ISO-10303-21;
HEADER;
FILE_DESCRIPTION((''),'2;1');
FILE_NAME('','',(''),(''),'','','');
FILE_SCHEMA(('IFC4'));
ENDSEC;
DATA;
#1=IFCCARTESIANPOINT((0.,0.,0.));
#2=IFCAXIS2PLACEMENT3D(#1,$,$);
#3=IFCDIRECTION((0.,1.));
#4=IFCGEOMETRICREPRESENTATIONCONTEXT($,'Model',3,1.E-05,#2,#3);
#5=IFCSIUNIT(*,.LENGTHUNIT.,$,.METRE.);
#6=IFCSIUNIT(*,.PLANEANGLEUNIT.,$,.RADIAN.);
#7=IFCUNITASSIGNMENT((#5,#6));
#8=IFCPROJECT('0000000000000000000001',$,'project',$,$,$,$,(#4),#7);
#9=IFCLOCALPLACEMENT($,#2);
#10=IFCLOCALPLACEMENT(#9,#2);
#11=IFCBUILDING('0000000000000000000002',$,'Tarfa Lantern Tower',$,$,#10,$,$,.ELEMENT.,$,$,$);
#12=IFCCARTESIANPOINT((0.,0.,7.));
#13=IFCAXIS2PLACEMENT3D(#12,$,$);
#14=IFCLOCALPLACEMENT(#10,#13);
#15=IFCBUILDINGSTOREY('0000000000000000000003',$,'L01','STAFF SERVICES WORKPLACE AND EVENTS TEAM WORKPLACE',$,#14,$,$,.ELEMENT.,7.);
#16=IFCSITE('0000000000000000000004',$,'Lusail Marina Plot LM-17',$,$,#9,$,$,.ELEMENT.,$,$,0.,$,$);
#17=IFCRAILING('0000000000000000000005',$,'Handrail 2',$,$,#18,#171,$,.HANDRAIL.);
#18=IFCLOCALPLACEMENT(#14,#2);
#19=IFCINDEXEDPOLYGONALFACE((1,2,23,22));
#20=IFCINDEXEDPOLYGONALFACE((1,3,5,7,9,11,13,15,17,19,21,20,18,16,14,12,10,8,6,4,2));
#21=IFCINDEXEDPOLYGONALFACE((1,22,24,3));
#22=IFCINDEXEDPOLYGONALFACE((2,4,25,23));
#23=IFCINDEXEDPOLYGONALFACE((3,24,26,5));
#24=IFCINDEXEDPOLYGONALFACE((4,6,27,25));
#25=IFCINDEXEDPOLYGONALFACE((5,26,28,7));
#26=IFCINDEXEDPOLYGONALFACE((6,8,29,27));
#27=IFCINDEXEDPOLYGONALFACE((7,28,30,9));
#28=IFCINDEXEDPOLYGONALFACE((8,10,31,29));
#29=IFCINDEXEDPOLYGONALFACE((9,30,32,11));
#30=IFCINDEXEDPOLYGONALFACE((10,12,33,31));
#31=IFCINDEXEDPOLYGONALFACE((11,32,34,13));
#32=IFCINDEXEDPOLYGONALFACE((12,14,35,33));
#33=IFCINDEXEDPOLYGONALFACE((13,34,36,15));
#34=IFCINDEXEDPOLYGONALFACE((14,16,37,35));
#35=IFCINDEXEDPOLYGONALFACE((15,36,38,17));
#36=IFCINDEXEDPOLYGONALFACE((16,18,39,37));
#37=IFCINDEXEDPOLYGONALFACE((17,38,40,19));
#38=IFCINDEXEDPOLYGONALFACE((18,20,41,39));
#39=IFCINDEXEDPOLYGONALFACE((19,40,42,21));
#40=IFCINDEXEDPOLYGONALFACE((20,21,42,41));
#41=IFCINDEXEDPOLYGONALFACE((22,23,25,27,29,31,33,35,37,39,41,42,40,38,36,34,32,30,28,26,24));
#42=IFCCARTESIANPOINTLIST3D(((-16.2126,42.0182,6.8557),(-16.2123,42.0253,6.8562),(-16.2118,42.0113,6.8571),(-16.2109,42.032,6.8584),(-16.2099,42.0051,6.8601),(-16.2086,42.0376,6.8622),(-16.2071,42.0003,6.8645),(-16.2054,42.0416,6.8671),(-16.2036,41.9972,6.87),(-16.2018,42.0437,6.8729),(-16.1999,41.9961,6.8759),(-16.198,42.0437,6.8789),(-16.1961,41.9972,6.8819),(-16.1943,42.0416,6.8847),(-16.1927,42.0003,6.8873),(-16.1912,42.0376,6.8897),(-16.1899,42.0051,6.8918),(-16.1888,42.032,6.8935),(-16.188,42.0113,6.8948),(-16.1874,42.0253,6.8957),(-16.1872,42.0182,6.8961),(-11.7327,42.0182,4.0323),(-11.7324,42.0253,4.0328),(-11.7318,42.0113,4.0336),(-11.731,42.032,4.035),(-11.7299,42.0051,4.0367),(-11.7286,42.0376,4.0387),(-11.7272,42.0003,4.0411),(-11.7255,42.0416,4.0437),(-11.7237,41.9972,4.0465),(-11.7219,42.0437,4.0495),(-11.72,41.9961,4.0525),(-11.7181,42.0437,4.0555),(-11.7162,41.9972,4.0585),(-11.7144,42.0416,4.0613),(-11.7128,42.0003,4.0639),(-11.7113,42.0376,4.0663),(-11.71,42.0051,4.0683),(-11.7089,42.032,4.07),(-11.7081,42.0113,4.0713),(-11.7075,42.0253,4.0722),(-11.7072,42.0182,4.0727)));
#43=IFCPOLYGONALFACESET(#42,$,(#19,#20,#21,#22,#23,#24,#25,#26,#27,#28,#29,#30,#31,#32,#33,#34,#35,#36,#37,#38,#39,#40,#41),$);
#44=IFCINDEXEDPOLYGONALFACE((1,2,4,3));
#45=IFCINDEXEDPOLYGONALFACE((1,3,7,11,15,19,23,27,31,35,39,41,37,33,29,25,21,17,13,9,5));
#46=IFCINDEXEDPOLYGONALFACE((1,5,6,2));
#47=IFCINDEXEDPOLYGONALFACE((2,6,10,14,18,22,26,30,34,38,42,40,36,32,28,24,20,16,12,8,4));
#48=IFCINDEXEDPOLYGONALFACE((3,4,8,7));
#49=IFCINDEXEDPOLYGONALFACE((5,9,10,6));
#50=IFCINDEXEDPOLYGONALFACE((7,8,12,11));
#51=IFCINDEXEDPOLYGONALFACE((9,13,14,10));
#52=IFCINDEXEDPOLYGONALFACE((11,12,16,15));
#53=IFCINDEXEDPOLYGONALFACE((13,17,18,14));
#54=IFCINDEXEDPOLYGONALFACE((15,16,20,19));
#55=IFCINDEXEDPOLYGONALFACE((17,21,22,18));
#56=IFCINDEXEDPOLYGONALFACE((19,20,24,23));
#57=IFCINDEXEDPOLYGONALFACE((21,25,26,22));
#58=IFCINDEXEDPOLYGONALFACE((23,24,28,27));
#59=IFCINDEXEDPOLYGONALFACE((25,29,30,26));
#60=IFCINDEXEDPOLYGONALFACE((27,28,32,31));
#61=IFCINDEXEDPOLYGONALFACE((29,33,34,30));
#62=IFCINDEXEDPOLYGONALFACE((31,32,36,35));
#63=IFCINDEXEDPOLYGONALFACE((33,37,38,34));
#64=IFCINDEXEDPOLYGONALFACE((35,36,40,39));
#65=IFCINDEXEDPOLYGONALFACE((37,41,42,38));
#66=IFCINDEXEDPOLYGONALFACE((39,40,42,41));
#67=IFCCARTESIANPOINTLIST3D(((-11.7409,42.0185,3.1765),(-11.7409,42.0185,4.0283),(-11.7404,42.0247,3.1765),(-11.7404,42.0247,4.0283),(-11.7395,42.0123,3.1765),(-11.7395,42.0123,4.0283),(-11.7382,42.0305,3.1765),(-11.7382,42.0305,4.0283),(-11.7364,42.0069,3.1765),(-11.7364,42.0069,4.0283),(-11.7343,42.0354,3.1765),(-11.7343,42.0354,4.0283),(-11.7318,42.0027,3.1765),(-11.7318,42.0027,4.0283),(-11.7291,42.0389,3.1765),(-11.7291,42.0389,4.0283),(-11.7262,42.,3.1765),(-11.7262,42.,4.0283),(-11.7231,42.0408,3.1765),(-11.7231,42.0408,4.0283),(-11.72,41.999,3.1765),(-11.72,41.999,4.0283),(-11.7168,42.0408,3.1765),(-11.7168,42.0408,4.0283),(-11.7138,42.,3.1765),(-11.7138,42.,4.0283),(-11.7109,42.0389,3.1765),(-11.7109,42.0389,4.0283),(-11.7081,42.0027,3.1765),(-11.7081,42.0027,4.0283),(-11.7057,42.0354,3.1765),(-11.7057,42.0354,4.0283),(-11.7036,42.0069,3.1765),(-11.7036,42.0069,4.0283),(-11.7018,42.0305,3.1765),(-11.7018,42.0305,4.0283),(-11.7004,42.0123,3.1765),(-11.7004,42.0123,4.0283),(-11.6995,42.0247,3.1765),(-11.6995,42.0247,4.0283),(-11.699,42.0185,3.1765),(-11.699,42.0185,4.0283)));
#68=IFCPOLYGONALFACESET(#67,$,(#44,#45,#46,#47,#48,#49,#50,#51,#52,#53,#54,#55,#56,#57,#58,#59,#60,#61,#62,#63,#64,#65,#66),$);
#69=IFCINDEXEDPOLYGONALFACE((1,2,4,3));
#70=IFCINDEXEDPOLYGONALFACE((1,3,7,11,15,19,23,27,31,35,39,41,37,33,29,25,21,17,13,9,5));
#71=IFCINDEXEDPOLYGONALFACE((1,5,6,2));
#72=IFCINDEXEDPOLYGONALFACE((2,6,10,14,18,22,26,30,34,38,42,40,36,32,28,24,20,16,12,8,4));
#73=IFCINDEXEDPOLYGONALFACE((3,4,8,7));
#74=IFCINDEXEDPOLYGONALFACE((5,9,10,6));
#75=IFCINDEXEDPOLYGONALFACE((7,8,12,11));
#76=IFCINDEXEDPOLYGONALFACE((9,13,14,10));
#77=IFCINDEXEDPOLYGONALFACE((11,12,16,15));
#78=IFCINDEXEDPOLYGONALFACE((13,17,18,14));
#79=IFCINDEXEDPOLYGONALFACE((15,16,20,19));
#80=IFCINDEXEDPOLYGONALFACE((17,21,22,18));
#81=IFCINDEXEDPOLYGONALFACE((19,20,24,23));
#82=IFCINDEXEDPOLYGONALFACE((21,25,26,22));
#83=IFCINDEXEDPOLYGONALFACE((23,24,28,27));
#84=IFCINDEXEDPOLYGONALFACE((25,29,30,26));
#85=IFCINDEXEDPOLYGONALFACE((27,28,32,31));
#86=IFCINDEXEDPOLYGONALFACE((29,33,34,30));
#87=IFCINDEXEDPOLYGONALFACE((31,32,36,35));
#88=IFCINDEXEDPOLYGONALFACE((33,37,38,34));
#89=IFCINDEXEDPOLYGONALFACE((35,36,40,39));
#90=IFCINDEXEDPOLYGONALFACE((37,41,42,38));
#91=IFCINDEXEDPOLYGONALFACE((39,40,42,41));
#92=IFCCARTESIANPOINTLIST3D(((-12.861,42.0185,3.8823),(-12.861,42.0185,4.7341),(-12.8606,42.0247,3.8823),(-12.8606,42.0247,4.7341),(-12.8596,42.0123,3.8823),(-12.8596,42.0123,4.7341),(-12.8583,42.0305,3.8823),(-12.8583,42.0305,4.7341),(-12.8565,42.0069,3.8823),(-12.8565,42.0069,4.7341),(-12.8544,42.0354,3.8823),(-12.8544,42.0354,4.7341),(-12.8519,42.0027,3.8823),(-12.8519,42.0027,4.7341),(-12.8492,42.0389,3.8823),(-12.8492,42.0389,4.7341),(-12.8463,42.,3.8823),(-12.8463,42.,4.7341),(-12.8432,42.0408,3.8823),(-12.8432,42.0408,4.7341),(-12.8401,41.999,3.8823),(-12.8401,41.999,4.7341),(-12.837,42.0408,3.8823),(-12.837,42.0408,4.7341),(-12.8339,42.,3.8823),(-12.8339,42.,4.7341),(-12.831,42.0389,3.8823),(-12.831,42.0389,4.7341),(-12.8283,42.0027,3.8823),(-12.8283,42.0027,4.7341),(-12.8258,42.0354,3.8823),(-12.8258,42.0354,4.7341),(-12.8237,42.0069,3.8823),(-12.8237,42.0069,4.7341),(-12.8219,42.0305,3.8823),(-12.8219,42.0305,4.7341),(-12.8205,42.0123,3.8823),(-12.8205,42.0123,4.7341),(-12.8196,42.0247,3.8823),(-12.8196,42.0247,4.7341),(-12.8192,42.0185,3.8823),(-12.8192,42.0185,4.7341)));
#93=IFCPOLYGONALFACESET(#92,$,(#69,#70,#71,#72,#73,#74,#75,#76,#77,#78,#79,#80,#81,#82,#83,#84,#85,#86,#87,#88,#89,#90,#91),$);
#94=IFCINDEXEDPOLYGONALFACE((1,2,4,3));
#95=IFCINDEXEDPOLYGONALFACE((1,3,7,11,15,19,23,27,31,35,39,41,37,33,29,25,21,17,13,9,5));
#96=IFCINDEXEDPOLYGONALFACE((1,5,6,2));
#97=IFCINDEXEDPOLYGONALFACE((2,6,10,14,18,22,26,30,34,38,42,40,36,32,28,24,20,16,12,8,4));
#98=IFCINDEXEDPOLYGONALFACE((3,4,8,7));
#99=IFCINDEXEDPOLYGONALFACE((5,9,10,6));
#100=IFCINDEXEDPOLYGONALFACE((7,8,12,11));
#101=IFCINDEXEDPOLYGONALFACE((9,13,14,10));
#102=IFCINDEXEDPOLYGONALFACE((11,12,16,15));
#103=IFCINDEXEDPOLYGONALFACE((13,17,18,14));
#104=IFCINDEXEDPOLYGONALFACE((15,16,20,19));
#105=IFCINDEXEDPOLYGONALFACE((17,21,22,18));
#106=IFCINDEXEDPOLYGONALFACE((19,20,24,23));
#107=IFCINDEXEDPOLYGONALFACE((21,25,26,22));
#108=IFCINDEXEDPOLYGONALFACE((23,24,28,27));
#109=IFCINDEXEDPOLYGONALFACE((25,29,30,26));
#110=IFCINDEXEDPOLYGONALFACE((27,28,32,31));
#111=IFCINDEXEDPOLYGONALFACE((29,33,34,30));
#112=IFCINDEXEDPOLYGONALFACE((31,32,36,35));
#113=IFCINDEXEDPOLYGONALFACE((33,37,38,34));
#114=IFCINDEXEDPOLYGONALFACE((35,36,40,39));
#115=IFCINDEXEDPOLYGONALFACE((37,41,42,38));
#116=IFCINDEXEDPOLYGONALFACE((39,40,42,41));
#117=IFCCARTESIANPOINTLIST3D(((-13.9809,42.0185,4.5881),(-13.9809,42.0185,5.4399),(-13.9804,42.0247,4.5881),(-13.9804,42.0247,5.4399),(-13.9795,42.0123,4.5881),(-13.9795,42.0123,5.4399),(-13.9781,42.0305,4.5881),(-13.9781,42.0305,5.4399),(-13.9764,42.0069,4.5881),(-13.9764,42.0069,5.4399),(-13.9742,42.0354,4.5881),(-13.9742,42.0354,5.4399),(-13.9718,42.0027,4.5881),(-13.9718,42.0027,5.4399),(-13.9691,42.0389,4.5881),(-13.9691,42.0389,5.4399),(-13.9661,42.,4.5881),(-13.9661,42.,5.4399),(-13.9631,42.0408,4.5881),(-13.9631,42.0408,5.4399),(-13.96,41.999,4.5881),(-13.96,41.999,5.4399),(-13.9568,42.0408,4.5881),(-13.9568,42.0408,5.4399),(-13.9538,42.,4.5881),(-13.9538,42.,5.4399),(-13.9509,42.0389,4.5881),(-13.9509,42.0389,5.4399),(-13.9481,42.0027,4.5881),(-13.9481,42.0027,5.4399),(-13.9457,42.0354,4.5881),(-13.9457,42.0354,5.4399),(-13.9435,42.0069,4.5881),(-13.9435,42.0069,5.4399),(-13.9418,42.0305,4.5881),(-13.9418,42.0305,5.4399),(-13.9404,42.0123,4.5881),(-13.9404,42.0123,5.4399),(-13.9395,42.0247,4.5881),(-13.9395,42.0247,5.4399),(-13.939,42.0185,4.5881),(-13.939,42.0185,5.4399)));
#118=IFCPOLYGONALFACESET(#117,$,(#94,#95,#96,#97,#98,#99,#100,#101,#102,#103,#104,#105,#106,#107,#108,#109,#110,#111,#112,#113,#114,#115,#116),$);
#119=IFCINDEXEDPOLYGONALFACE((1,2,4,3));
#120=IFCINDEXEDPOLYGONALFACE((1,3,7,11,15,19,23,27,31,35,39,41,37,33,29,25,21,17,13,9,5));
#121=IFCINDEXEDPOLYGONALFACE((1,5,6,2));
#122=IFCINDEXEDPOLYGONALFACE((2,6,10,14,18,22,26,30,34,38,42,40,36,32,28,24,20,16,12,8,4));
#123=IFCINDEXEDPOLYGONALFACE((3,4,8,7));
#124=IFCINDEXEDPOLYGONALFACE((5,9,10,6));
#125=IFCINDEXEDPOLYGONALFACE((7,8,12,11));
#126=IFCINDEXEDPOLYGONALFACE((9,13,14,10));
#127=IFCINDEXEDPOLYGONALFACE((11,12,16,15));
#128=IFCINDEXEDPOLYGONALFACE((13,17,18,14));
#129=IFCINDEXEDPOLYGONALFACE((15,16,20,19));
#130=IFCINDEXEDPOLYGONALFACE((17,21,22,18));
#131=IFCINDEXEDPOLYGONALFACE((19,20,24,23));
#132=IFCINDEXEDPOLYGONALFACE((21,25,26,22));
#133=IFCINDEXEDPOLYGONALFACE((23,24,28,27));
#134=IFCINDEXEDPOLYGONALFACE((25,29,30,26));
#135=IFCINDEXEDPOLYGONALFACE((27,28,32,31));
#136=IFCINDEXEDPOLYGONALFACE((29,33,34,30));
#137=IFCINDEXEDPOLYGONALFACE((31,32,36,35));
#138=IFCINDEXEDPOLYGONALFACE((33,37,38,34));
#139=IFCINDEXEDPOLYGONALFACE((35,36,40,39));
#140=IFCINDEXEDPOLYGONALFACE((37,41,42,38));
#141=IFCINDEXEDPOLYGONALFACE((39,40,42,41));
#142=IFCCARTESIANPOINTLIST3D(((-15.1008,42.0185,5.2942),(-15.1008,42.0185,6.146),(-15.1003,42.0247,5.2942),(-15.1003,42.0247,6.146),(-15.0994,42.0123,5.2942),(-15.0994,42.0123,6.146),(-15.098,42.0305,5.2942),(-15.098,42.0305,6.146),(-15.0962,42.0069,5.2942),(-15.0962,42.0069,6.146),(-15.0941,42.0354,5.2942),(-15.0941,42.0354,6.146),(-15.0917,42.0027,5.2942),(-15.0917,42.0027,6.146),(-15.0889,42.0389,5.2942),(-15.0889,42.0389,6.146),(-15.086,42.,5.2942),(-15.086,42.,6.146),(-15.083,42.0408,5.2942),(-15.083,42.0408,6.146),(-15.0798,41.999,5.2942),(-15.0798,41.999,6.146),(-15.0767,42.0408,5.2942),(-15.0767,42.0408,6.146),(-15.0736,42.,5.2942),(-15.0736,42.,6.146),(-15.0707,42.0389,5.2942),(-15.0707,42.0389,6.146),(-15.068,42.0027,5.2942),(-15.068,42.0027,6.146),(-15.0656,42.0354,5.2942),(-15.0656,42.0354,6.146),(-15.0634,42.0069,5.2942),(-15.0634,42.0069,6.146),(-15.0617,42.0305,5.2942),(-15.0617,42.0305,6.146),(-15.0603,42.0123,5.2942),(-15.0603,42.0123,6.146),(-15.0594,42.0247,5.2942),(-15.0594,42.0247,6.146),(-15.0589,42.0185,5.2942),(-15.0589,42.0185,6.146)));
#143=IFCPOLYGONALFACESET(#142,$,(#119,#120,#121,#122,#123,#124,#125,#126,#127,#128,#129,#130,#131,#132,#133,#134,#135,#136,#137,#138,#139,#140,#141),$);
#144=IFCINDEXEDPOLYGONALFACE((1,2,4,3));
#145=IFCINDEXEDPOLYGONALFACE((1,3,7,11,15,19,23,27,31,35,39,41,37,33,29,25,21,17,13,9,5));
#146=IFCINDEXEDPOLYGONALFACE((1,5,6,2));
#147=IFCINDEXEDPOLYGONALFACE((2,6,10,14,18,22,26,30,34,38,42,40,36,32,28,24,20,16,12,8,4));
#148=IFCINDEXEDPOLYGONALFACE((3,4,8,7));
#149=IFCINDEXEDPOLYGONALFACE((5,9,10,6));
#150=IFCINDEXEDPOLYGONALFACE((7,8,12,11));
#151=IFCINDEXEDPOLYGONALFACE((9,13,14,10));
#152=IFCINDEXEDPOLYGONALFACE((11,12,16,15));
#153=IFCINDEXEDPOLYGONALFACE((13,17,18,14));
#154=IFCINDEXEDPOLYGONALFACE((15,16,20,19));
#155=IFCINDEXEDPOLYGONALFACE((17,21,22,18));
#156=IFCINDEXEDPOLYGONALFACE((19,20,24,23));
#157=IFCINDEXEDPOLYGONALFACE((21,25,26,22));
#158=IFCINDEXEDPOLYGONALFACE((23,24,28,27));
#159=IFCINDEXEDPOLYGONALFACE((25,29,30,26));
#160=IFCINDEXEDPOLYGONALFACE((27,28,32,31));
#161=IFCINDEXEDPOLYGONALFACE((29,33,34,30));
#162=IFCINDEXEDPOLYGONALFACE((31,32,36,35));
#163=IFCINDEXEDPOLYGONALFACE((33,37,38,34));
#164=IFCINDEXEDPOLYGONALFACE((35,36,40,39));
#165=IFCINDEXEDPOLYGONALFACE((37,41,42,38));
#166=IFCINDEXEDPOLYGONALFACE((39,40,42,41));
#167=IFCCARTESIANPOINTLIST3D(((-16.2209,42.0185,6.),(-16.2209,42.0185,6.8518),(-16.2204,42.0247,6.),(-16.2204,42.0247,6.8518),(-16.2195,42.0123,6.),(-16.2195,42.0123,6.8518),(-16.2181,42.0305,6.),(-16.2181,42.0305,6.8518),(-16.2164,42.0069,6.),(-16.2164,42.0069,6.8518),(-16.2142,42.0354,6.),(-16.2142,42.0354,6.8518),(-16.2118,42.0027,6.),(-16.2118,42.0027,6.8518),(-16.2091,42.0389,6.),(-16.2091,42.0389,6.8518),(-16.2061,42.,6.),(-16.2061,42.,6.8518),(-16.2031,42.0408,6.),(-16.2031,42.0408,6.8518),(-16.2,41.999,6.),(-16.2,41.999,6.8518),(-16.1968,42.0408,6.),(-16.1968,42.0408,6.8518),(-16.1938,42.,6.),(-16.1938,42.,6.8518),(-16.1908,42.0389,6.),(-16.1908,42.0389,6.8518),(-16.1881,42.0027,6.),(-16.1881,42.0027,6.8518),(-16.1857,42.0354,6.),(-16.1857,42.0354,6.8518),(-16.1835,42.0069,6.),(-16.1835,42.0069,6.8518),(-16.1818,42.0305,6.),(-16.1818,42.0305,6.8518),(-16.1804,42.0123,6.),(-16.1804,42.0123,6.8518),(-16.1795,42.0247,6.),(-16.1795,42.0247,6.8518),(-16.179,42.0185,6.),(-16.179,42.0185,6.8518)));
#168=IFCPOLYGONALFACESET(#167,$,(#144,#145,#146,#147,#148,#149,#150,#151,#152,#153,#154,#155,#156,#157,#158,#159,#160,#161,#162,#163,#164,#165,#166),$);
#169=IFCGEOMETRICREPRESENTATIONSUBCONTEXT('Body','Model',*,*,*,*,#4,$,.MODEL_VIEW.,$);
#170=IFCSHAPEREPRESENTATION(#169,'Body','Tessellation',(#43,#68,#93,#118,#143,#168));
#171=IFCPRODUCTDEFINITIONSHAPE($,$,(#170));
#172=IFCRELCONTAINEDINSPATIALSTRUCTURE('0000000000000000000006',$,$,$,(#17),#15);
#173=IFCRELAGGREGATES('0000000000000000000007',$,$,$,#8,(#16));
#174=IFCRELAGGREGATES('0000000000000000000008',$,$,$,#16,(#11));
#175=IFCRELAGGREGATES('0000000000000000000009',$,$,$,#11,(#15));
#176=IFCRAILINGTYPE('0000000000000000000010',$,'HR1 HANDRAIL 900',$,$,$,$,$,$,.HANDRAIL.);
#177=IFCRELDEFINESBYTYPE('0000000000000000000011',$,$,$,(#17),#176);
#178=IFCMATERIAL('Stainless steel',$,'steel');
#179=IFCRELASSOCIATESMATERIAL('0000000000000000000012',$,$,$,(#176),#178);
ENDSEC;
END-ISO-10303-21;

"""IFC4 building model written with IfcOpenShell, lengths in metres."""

from ifc_helpers import new_model, si_unit, direction, frame, origin, origin_2d, place, context, subcontext, project, spatial, circle, extrude, material, type_object, element, save


model = new_model("IFC4")

# Units and contexts
model_context = context("Model", 3, precision=1e-05, world=origin(), true_north=direction((0.0, 1.0)))
body_context = subcontext(model_context, "Body", "Model", "MODEL_VIEW")
ifc_project = project(units=[si_unit("LENGTHUNIT", "METRE"), si_unit("PLANEANGLEUNIT", "RADIAN")], contexts=[model_context])

# Site, building, storey
site_placement = place(None, origin())
site = spatial("IfcSite", under=ifc_project, at=site_placement, Name="Lusail Marina Plot LM-17", CompositionType="ELEMENT", RefElevation=0.0)
building_placement = place(site_placement, origin())
building = spatial("IfcBuilding", under=site, at=building_placement, Name="Tarfa Lantern Tower", CompositionType="ELEMENT")
storey_placement = place(building_placement, frame((0.0, 0.0, 7.0)))
storey = spatial("IfcBuildingStorey", under=building, at=storey_placement, Name="L01", Description="STAFF SERVICES WORKPLACE AND EVENTS TEAM WORKPLACE", CompositionType="ELEMENT", Elevation=7.0)

# Railing
ifc_material_1 = material(Name="Stainless steel", Category="steel")
railing_type = type_object("IfcRailingType", Name="HR1 HANDRAIL 900", PredefinedType="HANDRAIL", material=ifc_material_1)
railing_1_placement = place(storey_placement, frame((-11.72, 42.02, 3.1765)))
element("IfcRailing", 1, at=railing_1_placement, inside=storey, type_object=railing_type, Name="Handrail 2", PredefinedType="HANDRAIL", context=body_context, shape_type="SweptSolid", body=[
    extrude(circle(Radius=0.0239, at=origin_2d()), frame((0.0, 0.0, 0.876), z_axis=(-0.845998, 0.0, 0.533186), x_axis=(0.0, -1.0, 0.0)), (0.0, 0.0, 1.0), 5.2954),
    extrude(circle(Radius=0.021, at=origin_2d()), frame((0.0, 0.0, 0.0), z_axis=(0.0, 0.0, 1.0), x_axis=(0.0, -1.0, 0.0)), (0.0, 0.0, 1.0), 0.8518),
    extrude(circle(Radius=0.021, at=origin_2d()), frame((-1.1201, 0.0, 0.7058), z_axis=(0.0, 0.0, 1.0), x_axis=(0.0, -1.0, 0.0)), (0.0, 0.0, 1.0), 0.8518),
    extrude(circle(Radius=0.021, at=origin_2d()), frame((-2.24, 0.0, 1.4116), z_axis=(0.0, 0.0, 1.0), x_axis=(0.0, -1.0, 0.0)), (0.0, 0.0, 1.0), 0.8518),
    extrude(circle(Radius=0.021, at=origin_2d()), frame((-3.3599, 0.0, 2.1177), z_axis=(0.0, 0.0, 1.0), x_axis=(0.0, -1.0, 0.0)), (0.0, 0.0, 1.0), 0.8518),
    extrude(circle(Radius=0.021, at=origin_2d()), frame((-4.48, 0.0, 2.8235), z_axis=(0.0, 0.0, 1.0), x_axis=(0.0, -1.0, 0.0)), (0.0, 0.0, 1.0), 0.8518),
])

save(model, "model.ifc")
